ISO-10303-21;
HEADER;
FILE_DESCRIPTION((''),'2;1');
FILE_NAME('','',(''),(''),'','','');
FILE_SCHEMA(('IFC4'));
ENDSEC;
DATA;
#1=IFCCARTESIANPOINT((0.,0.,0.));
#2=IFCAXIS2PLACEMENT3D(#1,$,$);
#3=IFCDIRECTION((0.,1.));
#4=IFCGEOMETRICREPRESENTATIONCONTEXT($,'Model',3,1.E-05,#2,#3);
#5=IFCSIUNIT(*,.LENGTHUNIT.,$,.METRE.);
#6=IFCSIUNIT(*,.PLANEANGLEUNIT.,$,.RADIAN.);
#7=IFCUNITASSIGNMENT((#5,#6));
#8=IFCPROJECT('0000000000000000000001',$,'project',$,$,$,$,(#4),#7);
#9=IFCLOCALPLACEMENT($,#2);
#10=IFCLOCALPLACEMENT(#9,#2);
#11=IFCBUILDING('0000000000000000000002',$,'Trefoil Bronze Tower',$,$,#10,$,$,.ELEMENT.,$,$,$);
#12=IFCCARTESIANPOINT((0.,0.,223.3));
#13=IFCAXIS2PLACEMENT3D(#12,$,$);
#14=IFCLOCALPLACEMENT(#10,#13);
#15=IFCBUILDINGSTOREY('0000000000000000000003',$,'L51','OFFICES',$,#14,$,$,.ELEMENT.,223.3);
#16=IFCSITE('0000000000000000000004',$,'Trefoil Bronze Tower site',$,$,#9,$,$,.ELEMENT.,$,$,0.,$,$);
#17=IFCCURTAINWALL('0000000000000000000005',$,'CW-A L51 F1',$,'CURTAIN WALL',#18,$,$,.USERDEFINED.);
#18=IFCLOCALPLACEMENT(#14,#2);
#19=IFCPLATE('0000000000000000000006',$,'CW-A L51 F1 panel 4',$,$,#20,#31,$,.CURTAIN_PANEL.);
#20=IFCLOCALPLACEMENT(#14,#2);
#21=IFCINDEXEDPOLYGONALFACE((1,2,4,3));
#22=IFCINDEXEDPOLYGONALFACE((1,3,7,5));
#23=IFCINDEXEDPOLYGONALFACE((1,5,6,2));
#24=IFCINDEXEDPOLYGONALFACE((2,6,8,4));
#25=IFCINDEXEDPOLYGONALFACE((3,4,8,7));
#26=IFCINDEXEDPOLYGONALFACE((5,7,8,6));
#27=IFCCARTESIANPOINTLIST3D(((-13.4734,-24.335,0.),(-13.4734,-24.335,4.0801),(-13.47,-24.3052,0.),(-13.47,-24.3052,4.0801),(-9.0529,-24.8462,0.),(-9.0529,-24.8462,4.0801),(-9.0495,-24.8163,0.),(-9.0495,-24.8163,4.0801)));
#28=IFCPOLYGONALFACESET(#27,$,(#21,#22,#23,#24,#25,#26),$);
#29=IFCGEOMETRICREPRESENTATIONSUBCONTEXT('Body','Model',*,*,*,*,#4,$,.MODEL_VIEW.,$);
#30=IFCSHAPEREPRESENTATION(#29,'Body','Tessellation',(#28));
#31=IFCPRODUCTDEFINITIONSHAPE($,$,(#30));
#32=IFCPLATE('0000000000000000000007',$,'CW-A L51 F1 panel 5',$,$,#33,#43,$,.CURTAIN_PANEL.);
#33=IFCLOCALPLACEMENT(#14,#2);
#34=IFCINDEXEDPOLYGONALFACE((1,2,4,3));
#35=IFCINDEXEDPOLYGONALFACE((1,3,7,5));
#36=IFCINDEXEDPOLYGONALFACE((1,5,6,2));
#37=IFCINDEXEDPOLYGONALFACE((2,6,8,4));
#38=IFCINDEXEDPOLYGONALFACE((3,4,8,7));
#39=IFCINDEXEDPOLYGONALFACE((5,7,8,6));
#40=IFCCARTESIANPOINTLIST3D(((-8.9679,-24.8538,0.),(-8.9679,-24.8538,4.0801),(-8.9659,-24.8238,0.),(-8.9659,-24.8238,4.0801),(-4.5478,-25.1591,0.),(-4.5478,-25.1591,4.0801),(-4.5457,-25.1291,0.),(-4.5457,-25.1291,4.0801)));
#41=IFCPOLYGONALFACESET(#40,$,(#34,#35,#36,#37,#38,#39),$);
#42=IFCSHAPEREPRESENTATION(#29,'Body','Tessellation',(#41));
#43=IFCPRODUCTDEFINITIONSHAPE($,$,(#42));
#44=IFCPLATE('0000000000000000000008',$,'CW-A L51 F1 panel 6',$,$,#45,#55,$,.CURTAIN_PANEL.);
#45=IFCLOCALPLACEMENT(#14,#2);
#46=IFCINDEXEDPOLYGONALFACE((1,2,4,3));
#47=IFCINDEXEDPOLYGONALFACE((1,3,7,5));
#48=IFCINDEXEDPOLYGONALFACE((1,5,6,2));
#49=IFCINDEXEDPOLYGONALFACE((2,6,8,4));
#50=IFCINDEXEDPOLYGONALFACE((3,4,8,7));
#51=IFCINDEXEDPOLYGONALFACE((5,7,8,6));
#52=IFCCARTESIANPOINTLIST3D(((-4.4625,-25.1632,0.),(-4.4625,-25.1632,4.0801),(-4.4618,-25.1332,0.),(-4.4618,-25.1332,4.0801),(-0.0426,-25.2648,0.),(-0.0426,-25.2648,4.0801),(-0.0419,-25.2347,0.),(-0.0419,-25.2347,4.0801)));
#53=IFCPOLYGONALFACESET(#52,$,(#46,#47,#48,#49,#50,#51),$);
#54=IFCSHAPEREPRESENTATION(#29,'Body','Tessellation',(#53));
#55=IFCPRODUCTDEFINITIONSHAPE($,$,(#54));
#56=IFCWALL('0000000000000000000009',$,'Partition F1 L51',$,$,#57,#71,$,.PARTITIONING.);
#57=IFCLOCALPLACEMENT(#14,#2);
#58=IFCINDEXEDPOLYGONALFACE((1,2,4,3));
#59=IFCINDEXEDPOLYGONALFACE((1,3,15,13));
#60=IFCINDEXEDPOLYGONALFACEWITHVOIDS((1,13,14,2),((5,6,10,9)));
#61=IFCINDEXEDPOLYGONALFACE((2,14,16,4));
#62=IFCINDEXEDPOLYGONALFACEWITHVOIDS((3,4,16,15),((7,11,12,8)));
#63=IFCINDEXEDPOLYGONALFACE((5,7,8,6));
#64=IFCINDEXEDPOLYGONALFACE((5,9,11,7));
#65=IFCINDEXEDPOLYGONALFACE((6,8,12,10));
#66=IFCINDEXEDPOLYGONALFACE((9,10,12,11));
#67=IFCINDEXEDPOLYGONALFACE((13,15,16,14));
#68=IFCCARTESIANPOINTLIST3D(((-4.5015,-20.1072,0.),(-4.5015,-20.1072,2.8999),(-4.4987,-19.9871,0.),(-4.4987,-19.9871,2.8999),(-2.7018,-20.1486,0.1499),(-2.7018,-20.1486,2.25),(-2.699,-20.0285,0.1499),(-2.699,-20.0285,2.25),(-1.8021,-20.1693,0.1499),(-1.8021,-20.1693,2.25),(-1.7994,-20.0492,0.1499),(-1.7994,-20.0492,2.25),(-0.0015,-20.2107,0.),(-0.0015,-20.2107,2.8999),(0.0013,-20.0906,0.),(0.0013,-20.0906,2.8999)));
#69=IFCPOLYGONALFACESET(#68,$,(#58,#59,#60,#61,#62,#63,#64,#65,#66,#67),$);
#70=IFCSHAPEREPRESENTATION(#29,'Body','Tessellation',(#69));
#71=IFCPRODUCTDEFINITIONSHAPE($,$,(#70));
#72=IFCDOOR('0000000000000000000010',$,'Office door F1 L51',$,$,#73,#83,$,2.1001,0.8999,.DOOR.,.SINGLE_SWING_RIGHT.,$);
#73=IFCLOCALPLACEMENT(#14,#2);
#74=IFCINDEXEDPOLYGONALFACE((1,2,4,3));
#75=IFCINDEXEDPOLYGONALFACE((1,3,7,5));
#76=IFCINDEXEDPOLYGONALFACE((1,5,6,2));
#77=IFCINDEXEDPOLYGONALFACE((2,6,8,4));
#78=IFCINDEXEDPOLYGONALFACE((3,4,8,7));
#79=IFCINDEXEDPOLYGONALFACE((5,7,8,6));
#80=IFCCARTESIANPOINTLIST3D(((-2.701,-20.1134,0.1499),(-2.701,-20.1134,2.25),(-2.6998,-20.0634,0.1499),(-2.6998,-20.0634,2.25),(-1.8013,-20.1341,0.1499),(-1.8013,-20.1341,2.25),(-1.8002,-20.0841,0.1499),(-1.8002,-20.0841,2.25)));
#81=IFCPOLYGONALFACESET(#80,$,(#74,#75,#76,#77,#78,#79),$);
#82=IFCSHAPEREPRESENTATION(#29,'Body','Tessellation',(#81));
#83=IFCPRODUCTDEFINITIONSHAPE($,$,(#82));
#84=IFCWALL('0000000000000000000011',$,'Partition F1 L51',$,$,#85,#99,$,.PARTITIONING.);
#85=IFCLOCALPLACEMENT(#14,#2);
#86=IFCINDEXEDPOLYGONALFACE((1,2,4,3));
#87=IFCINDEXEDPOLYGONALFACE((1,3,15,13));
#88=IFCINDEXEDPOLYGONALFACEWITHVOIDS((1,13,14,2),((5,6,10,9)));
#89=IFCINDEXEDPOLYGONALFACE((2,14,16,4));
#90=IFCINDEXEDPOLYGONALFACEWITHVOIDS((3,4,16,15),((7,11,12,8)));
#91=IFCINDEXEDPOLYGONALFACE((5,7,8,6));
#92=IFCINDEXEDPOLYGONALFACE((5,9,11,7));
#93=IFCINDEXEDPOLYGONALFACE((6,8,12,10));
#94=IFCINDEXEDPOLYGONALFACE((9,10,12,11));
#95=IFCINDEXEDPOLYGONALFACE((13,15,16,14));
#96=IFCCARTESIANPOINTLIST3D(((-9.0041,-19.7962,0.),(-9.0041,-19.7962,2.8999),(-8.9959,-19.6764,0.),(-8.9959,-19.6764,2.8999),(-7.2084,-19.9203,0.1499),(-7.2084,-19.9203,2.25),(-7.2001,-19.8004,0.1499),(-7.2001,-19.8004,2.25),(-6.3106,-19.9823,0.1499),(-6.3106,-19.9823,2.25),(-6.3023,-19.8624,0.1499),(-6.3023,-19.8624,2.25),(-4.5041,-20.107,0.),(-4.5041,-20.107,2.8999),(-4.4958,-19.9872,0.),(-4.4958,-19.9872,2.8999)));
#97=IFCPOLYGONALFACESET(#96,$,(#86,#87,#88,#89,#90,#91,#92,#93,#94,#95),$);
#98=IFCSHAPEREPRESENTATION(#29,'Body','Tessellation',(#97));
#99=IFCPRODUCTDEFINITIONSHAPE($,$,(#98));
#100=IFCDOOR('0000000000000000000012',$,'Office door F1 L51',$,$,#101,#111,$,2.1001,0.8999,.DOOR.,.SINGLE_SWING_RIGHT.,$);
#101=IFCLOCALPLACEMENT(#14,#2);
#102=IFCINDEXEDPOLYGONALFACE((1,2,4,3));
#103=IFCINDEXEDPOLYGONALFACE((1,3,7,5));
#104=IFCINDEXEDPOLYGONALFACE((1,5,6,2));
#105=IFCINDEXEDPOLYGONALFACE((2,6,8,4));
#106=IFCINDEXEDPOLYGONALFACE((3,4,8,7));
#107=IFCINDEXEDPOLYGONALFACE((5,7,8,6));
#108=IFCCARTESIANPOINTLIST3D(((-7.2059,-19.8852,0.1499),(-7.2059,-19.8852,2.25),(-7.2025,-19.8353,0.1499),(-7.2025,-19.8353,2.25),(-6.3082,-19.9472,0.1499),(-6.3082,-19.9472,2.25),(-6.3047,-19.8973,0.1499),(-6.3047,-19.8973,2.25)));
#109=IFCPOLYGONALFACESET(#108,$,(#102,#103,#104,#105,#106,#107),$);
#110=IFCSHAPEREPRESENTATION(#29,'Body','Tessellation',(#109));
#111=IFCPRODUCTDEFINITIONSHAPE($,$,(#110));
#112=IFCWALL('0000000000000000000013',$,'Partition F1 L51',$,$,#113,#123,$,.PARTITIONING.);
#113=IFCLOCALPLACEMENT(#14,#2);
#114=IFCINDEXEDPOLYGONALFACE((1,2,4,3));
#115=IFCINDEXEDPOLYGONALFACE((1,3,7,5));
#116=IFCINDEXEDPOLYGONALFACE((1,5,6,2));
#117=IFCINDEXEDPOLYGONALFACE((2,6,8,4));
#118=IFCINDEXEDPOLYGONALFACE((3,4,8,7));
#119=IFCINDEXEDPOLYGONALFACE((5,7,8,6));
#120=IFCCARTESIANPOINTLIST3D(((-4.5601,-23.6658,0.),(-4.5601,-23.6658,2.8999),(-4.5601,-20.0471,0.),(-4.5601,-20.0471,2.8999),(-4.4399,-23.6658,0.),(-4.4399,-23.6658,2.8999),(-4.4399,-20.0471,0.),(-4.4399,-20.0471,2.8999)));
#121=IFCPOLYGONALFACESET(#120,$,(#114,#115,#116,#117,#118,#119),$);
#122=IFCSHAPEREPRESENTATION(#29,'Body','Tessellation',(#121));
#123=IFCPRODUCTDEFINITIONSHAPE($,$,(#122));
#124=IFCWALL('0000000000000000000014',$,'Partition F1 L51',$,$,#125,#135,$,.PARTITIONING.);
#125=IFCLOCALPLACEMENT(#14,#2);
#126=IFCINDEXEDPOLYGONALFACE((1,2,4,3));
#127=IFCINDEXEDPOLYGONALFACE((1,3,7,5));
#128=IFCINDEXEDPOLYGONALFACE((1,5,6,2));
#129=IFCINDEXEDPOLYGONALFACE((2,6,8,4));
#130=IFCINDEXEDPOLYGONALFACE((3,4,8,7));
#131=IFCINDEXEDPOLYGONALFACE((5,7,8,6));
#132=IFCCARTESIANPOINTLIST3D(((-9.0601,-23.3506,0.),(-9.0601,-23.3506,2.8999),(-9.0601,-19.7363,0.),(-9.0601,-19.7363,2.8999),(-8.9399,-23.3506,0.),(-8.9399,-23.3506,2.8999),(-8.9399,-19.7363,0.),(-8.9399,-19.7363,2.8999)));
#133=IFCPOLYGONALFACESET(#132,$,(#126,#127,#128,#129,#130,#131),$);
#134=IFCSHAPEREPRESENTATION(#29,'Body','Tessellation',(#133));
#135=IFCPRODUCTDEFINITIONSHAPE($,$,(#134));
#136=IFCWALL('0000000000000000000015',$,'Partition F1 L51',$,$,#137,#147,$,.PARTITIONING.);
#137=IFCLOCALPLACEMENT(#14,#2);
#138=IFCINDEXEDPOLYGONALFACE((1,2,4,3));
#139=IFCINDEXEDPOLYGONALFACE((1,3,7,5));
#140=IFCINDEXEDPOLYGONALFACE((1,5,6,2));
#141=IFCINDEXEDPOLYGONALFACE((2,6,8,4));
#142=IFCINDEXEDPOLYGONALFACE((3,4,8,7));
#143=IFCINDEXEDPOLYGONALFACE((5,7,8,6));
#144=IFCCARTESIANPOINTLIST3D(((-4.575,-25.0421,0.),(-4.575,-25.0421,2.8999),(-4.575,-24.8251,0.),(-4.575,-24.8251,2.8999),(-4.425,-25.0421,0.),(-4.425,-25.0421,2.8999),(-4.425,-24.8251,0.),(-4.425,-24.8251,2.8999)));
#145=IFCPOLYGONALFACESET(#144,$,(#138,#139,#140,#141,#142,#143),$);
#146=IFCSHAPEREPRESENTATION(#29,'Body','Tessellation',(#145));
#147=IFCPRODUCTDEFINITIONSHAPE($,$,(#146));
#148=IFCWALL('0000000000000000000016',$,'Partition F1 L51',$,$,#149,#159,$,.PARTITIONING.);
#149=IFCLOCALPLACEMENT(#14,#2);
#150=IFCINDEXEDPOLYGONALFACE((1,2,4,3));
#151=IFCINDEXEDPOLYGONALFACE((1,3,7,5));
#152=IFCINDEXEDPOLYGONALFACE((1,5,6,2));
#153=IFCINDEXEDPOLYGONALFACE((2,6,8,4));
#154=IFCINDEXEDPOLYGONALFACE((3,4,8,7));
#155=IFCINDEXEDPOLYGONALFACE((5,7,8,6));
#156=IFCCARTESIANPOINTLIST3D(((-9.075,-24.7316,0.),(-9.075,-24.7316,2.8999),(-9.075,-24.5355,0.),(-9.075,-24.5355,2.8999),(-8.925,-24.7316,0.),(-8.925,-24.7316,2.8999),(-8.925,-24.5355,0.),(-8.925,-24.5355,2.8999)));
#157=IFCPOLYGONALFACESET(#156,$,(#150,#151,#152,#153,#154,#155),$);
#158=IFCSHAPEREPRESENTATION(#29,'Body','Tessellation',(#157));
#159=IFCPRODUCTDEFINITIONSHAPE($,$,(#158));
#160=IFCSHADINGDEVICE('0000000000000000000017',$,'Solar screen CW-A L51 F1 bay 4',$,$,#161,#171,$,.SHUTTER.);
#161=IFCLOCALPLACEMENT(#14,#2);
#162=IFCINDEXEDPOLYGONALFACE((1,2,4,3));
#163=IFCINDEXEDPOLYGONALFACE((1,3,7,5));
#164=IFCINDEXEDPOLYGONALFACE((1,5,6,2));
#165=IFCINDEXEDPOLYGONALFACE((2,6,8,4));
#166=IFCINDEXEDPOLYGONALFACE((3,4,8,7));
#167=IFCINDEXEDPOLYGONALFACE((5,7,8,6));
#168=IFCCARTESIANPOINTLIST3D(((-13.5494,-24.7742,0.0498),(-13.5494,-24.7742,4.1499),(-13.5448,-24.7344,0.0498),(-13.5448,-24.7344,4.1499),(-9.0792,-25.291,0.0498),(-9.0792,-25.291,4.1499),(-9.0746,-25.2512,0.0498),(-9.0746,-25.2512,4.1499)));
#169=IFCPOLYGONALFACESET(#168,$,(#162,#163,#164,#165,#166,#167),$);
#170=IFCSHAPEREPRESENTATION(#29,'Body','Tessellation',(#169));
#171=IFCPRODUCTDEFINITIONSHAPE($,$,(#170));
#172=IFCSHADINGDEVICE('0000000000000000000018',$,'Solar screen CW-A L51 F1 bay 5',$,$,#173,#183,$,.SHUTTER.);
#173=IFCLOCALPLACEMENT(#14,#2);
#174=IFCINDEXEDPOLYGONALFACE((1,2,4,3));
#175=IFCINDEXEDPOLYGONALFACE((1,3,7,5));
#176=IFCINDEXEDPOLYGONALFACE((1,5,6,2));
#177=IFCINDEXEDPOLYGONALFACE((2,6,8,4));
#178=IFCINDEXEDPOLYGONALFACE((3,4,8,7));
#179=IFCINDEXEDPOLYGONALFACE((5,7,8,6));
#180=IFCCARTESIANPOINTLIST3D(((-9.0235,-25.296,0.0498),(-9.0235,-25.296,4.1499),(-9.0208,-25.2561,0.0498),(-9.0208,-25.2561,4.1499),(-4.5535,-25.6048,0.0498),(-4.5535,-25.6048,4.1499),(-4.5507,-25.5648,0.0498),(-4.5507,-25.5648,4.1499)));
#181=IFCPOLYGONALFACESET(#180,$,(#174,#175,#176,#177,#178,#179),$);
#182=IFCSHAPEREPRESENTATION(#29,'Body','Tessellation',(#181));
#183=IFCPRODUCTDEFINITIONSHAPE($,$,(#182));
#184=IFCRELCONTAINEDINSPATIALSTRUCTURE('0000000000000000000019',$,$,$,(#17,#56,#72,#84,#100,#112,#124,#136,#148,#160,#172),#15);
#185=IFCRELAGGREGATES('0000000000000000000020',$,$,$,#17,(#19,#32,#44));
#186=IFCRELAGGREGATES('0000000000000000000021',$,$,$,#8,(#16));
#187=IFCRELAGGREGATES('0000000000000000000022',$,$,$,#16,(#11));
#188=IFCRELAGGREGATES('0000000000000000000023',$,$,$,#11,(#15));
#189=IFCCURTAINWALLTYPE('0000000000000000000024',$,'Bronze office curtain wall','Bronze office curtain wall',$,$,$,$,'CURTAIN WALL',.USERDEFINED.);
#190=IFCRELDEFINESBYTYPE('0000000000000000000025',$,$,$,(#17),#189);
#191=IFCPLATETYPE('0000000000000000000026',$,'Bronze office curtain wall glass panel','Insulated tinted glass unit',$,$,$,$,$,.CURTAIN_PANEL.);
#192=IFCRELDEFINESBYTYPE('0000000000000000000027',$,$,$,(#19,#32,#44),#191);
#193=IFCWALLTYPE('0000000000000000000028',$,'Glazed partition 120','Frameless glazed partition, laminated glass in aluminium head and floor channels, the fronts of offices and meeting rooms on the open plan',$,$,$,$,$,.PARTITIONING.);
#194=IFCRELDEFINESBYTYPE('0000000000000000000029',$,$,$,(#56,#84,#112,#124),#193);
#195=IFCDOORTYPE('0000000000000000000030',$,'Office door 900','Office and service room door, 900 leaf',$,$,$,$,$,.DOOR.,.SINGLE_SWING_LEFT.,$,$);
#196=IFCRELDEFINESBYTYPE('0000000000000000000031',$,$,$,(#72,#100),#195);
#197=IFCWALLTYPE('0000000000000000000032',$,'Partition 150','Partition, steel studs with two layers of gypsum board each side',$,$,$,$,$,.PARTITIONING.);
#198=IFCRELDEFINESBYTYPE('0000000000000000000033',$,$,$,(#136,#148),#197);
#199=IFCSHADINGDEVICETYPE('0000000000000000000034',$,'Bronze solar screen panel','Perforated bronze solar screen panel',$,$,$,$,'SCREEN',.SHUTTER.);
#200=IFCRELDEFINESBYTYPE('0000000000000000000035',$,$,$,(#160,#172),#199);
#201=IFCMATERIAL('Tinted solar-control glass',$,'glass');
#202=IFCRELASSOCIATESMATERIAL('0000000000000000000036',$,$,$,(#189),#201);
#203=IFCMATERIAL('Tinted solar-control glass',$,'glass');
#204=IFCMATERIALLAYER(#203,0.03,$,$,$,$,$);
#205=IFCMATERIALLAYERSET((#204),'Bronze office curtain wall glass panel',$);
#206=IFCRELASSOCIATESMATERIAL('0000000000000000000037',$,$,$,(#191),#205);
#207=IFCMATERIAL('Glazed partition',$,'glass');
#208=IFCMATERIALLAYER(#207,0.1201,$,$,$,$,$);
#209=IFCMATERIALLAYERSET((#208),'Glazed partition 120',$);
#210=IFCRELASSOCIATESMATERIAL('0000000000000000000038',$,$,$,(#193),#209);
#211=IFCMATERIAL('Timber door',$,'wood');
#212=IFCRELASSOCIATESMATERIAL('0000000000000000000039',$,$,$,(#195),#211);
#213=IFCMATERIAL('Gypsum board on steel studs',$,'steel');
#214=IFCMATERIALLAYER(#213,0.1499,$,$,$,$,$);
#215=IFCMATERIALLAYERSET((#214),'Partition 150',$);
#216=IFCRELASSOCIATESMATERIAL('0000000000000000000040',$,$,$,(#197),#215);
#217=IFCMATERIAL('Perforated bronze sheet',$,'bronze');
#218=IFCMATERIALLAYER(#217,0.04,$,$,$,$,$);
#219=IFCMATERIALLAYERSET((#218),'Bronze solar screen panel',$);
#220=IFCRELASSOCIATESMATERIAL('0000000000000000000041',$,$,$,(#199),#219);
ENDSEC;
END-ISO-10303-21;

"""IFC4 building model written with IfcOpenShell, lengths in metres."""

from ifc_helpers import new_model, si_unit, direction, frame, frame_2d, origin, origin_2d, place, context, subcontext, project, spatial, rectangle, extrude, material, layer, layer_set, type_object, element, fill, aggregate, save


model = new_model("IFC4")

# Units and contexts
model_context = context("Model", 3, precision=1e-05, world=origin(), true_north=direction((0.0, 1.0)))
body_context = subcontext(model_context, "Body", "Model", "MODEL_VIEW")
ifc_project = project(units=[si_unit("LENGTHUNIT", "METRE"), si_unit("PLANEANGLEUNIT", "RADIAN")], contexts=[model_context])

# Site, building, storey
site_placement = place(None, origin())
site = spatial("IfcSite", under=ifc_project, at=site_placement, Name="Trefoil Bronze Tower site", CompositionType="ELEMENT", RefElevation=0.0)
building_placement = place(site_placement, origin())
building = spatial("IfcBuilding", under=site, at=building_placement, Name="Trefoil Bronze Tower", CompositionType="ELEMENT")
storey_placement = place(building_placement, frame((0.0, 0.0, 223.3)))
storey = spatial("IfcBuildingStorey", under=building, at=storey_placement, Name="L51", Description="OFFICES", CompositionType="ELEMENT", Elevation=223.3)

# Curtain wall
ifc_material_1 = material(Name="Tinted solar-control glass", Category="glass")
curtain_wall_type = type_object("IfcCurtainWallType", Name="Bronze office curtain wall", Description="Bronze office curtain wall", ElementType="CURTAIN WALL", PredefinedType="USERDEFINED", material=ifc_material_1)
curtain_wall_placement = place(storey_placement, origin())
curtain_wall = element("IfcCurtainWall", 1, at=curtain_wall_placement, inside=storey, type_object=curtain_wall_type, Name="CW-A L51 F1", ObjectType="CURTAIN WALL", PredefinedType="USERDEFINED")

# Plates
ifc_material_2 = material(Name="Tinted solar-control glass", Category="glass")
ifc_layer_1 = layer(ifc_material_2, 0.03)
ifc_layer_set_1 = layer_set([ifc_layer_1], Name="Bronze office curtain wall glass panel")
plate_type = type_object("IfcPlateType", Name="Bronze office curtain wall glass panel", Description="Insulated tinted glass unit", PredefinedType="CURTAIN_PANEL", material=ifc_layer_set_1)
plate_1_placement = place(storey_placement, frame((-11.2615, -24.5757, 0.0), z_axis=(0.0, 0.0, 1.0), x_axis=(0.993382, -0.114859, 0.0)))
plate_1 = element("IfcPlate", 2, at=plate_1_placement, type_object=plate_type, Name="CW-A L51 F1 panel 4", PredefinedType="CURTAIN_PANEL", context=body_context, shape_type="SweptSolid", body=[
    extrude(rectangle(XDim=4.45, YDim=0.03, at=origin_2d()), origin(), (0.0, 0.0, 1.0), 4.0801),
])
plate_2_placement = place(storey_placement, frame((-6.7568, -24.9915, 0.0), z_axis=(0.0, 0.0, 1.0), x_axis=(0.997623, -0.068915, 0.0)))
plate_2 = element("IfcPlate", 3, at=plate_2_placement, type_object=plate_type, Name="CW-A L51 F1 panel 5", PredefinedType="CURTAIN_PANEL", context=body_context, shape_type="SweptSolid", body=[
    extrude(rectangle(XDim=4.4307, YDim=0.03, at=origin_2d()), origin(), (0.0, 0.0, 1.0), 4.0801),
])
plate_3_placement = place(storey_placement, frame((-2.2522, -25.199, 0.0), z_axis=(0.0, 0.0, 1.0), x_axis=(0.999736, -0.022972, 0.0)))
plate_3 = element("IfcPlate", 4, at=plate_3_placement, type_object=plate_type, Name="CW-A L51 F1 panel 6", PredefinedType="CURTAIN_PANEL", context=body_context, shape_type="SweptSolid", body=[
    extrude(rectangle(XDim=4.4211, YDim=0.03, at=origin_2d()), origin(), (0.0, 0.0, 1.0), 4.0801),
])
aggregate(curtain_wall, [plate_1, plate_2, plate_3])

# Walls, openings, doors
ifc_material_3 = material(Name="Glazed partition", Category="glass")
ifc_layer_2 = layer(ifc_material_3, 0.1201)
ifc_layer_set_2 = layer_set([ifc_layer_2], Name="Glazed partition 120")
wall_type_1 = type_object("IfcWallType", Name="Glazed partition 120", Description="Frameless glazed partition, laminated glass in aluminium head and floor channels, the fronts of offices and meeting rooms on the open plan", PredefinedType="PARTITIONING", material=ifc_layer_set_2)
wall_1_placement = place(storey_placement, frame((-4.5, -20.0471, 0.0), z_axis=(0.0, 0.0, 1.0), x_axis=(0.999736, -0.022997, 0.0)))
wall_1 = element("IfcWall", 5, at=wall_1_placement, inside=storey, type_object=wall_type_1, Name="Partition F1 L51", PredefinedType="PARTITIONING", context=body_context, shape_type="SweptSolid", body=[
    extrude(rectangle(XDim=4.5012, YDim=0.1201, at=frame_2d((2.2505, 0.0))), origin(), (0.0, 0.0, 1.0), 2.8999),
])
opening_1_placement = place(wall_1_placement, frame((1.8, 0.0, 0.1499)))
opening_1 = element("IfcOpeningElement", 6, at=opening_1_placement, cuts=wall_1, PredefinedType="OPENING", context=body_context, shape_type="SweptSolid", body=[
    extrude(rectangle(XDim=0.8999, YDim=2.1001, at=frame_2d((0.45, 1.05))), frame((0.0, 0.0701, 0.0), z_axis=(0.0, -1.0, 0.0), x_axis=(1.0, 0.0, 0.0)), (0.0, 0.0, 1.0), 0.1401),
])
ifc_material_4 = material(Name="Timber door", Category="wood")
door_type = type_object("IfcDoorType", Name="Office door 900", Description="Office and service room door, 900 leaf", OperationType="SINGLE_SWING_LEFT", PredefinedType="DOOR", material=ifc_material_4)
door_1_placement = place(opening_1_placement, frame((0.8999, 0.0, 0.0), z_axis=(0.0, 0.0, 1.0), x_axis=(-1.0, 0.0, 0.0)))
door_1 = element("IfcDoor", 7, at=door_1_placement, inside=storey, type_object=door_type, Name="Office door F1 L51", OperationType="SINGLE_SWING_RIGHT", OverallHeight=2.1001, OverallWidth=0.8999, PredefinedType="DOOR", context=body_context, shape_type="SweptSolid", body=[
    extrude(rectangle(XDim=0.8999, YDim=2.1001, at=frame_2d((0.45, 1.05))), frame((0.0, 0.0249, 0.0), z_axis=(0.0, -1.0, 0.0), x_axis=(1.0, 0.0, 0.0)), (0.0, 0.0, 1.0), 0.05),
])
fill(opening_1, door_1)
wall_2_placement = place(storey_placement, frame((-9.0, -19.7363, 0.0), z_axis=(0.0, 0.0, 1.0), x_axis=(0.997624, -0.068901, 0.0)))
wall_2 = element("IfcWall", 8, at=wall_2_placement, inside=storey, type_object=wall_type_1, Name="Partition F1 L51", PredefinedType="PARTITIONING", context=body_context, shape_type="SweptSolid", body=[
    extrude(rectangle(XDim=4.5107, YDim=0.1201, at=frame_2d((2.2554, 0.0))), origin(), (0.0, 0.0, 1.0), 2.8999),
])
opening_2_placement = place(wall_2_placement, frame((1.8, 0.0, 0.1499)))
opening_2 = element("IfcOpeningElement", 9, at=opening_2_placement, cuts=wall_2, PredefinedType="OPENING", context=body_context, shape_type="SweptSolid", body=[
    extrude(rectangle(XDim=0.8999, YDim=2.1001, at=frame_2d((0.45, 1.05))), frame((0.0, 0.0701, 0.0), z_axis=(0.0, -1.0, 0.0), x_axis=(1.0, 0.0, 0.0)), (0.0, 0.0, 1.0), 0.1401),
])
door_2_placement = place(opening_2_placement, frame((0.8999, 0.0, 0.0), z_axis=(0.0, 0.0, 1.0), x_axis=(-1.0, 0.0, 0.0)))
door_2 = element("IfcDoor", 10, at=door_2_placement, inside=storey, type_object=door_type, Name="Office door F1 L51", OperationType="SINGLE_SWING_RIGHT", OverallHeight=2.1001, OverallWidth=0.8999, PredefinedType="DOOR", context=body_context, shape_type="SweptSolid", body=[
    extrude(rectangle(XDim=0.8999, YDim=2.1001, at=frame_2d((0.45, 1.05))), frame((0.0, 0.0249, 0.0), z_axis=(0.0, -1.0, 0.0), x_axis=(1.0, 0.0, 0.0)), (0.0, 0.0, 1.0), 0.05),
])
fill(opening_2, door_2)

# Walls
wall_3_placement = place(storey_placement, frame((-4.5, -20.0471, 0.0), z_axis=(0.0, 0.0, 1.0), x_axis=(0.0, -1.0, 0.0)))
element("IfcWall", 11, at=wall_3_placement, inside=storey, type_object=wall_type_1, Name="Partition F1 L51", PredefinedType="PARTITIONING", context=body_context, shape_type="SweptSolid", body=[
    extrude(rectangle(XDim=3.6187, YDim=0.1201, at=frame_2d((1.8093, 0.0))), origin(), (0.0, 0.0, 1.0), 2.8999),
])
wall_4_placement = place(storey_placement, frame((-9.0, -19.7363, 0.0), z_axis=(0.0, 0.0, 1.0), x_axis=(0.0, -1.0, 0.0)))
element("IfcWall", 12, at=wall_4_placement, inside=storey, type_object=wall_type_1, Name="Partition F1 L51", PredefinedType="PARTITIONING", context=body_context, shape_type="SweptSolid", body=[
    extrude(rectangle(XDim=3.6143, YDim=0.1201, at=frame_2d((1.8071, 0.0))), origin(), (0.0, 0.0, 1.0), 2.8999),
])
ifc_material_5 = material(Name="Gypsum board on steel studs", Category="steel")
ifc_layer_3 = layer(ifc_material_5, 0.1499)
ifc_layer_set_3 = layer_set([ifc_layer_3], Name="Partition 150")
wall_type_2 = type_object("IfcWallType", Name="Partition 150", Description="Partition, steel studs with two layers of gypsum board each side", PredefinedType="PARTITIONING", material=ifc_layer_set_3)
wall_5_placement = place(storey_placement, frame((-4.5, -24.8252, 0.0), z_axis=(0.0, 0.0, 1.0), x_axis=(0.0, -1.0, 0.0)))
element("IfcWall", 13, at=wall_5_placement, inside=storey, type_object=wall_type_2, Name="Partition F1 L51", PredefinedType="PARTITIONING", context=body_context, shape_type="SweptSolid", body=[
    extrude(rectangle(XDim=0.217, YDim=0.1499, at=frame_2d((0.1084, 0.0))), origin(), (0.0, 0.0, 1.0), 2.8999),
])
wall_6_placement = place(storey_placement, frame((-9.0, -24.5354, 0.0), z_axis=(0.0, 0.0, 1.0), x_axis=(0.0, -1.0, 0.0)))
element("IfcWall", 14, at=wall_6_placement, inside=storey, type_object=wall_type_2, Name="Partition F1 L51", PredefinedType="PARTITIONING", context=body_context, shape_type="SweptSolid", body=[
    extrude(rectangle(XDim=0.196, YDim=0.1499, at=frame_2d((0.0981, 0.0))), origin(), (0.0, 0.0, 1.0), 2.8999),
])

# Shading devices
ifc_material_6 = material(Name="Perforated bronze sheet", Category="bronze")
ifc_layer_4 = layer(ifc_material_6, 0.04)
ifc_layer_set_4 = layer_set([ifc_layer_4], Name="Bronze solar screen panel")
shading_device_type = type_object("IfcShadingDeviceType", Name="Bronze solar screen panel", Description="Perforated bronze solar screen panel", ElementType="SCREEN", PredefinedType="SHUTTER", material=ifc_layer_set_4)
shading_device_1_placement = place(storey_placement, frame((-11.312, -25.0127, 0.0498), z_axis=(0.0, 0.0, 1.0), x_axis=(0.993382, -0.114859, 0.0)))
element("IfcShadingDevice", 15, at=shading_device_1_placement, inside=storey, type_object=shading_device_type, Name="Solar screen CW-A L51 F1 bay 4", PredefinedType="SHUTTER", context=body_context, shape_type="SweptSolid", body=[
    extrude(rectangle(XDim=4.5, YDim=0.04, at=origin_2d()), origin(), (0.0, 0.0, 1.0), 4.1001),
])
shading_device_2_placement = place(storey_placement, frame((-6.7871, -25.4304, 0.0498), z_axis=(0.0, 0.0, 1.0), x_axis=(0.997623, -0.068915, 0.0)))
element("IfcShadingDevice", 16, at=shading_device_2_placement, inside=storey, type_object=shading_device_type, Name="Solar screen CW-A L51 F1 bay 5", PredefinedType="SHUTTER", context=body_context, shape_type="SweptSolid", body=[
    extrude(rectangle(XDim=4.4807, YDim=0.04, at=origin_2d()), origin(), (0.0, 0.0, 1.0), 4.1001),
])

save(model, "model.ifc")
